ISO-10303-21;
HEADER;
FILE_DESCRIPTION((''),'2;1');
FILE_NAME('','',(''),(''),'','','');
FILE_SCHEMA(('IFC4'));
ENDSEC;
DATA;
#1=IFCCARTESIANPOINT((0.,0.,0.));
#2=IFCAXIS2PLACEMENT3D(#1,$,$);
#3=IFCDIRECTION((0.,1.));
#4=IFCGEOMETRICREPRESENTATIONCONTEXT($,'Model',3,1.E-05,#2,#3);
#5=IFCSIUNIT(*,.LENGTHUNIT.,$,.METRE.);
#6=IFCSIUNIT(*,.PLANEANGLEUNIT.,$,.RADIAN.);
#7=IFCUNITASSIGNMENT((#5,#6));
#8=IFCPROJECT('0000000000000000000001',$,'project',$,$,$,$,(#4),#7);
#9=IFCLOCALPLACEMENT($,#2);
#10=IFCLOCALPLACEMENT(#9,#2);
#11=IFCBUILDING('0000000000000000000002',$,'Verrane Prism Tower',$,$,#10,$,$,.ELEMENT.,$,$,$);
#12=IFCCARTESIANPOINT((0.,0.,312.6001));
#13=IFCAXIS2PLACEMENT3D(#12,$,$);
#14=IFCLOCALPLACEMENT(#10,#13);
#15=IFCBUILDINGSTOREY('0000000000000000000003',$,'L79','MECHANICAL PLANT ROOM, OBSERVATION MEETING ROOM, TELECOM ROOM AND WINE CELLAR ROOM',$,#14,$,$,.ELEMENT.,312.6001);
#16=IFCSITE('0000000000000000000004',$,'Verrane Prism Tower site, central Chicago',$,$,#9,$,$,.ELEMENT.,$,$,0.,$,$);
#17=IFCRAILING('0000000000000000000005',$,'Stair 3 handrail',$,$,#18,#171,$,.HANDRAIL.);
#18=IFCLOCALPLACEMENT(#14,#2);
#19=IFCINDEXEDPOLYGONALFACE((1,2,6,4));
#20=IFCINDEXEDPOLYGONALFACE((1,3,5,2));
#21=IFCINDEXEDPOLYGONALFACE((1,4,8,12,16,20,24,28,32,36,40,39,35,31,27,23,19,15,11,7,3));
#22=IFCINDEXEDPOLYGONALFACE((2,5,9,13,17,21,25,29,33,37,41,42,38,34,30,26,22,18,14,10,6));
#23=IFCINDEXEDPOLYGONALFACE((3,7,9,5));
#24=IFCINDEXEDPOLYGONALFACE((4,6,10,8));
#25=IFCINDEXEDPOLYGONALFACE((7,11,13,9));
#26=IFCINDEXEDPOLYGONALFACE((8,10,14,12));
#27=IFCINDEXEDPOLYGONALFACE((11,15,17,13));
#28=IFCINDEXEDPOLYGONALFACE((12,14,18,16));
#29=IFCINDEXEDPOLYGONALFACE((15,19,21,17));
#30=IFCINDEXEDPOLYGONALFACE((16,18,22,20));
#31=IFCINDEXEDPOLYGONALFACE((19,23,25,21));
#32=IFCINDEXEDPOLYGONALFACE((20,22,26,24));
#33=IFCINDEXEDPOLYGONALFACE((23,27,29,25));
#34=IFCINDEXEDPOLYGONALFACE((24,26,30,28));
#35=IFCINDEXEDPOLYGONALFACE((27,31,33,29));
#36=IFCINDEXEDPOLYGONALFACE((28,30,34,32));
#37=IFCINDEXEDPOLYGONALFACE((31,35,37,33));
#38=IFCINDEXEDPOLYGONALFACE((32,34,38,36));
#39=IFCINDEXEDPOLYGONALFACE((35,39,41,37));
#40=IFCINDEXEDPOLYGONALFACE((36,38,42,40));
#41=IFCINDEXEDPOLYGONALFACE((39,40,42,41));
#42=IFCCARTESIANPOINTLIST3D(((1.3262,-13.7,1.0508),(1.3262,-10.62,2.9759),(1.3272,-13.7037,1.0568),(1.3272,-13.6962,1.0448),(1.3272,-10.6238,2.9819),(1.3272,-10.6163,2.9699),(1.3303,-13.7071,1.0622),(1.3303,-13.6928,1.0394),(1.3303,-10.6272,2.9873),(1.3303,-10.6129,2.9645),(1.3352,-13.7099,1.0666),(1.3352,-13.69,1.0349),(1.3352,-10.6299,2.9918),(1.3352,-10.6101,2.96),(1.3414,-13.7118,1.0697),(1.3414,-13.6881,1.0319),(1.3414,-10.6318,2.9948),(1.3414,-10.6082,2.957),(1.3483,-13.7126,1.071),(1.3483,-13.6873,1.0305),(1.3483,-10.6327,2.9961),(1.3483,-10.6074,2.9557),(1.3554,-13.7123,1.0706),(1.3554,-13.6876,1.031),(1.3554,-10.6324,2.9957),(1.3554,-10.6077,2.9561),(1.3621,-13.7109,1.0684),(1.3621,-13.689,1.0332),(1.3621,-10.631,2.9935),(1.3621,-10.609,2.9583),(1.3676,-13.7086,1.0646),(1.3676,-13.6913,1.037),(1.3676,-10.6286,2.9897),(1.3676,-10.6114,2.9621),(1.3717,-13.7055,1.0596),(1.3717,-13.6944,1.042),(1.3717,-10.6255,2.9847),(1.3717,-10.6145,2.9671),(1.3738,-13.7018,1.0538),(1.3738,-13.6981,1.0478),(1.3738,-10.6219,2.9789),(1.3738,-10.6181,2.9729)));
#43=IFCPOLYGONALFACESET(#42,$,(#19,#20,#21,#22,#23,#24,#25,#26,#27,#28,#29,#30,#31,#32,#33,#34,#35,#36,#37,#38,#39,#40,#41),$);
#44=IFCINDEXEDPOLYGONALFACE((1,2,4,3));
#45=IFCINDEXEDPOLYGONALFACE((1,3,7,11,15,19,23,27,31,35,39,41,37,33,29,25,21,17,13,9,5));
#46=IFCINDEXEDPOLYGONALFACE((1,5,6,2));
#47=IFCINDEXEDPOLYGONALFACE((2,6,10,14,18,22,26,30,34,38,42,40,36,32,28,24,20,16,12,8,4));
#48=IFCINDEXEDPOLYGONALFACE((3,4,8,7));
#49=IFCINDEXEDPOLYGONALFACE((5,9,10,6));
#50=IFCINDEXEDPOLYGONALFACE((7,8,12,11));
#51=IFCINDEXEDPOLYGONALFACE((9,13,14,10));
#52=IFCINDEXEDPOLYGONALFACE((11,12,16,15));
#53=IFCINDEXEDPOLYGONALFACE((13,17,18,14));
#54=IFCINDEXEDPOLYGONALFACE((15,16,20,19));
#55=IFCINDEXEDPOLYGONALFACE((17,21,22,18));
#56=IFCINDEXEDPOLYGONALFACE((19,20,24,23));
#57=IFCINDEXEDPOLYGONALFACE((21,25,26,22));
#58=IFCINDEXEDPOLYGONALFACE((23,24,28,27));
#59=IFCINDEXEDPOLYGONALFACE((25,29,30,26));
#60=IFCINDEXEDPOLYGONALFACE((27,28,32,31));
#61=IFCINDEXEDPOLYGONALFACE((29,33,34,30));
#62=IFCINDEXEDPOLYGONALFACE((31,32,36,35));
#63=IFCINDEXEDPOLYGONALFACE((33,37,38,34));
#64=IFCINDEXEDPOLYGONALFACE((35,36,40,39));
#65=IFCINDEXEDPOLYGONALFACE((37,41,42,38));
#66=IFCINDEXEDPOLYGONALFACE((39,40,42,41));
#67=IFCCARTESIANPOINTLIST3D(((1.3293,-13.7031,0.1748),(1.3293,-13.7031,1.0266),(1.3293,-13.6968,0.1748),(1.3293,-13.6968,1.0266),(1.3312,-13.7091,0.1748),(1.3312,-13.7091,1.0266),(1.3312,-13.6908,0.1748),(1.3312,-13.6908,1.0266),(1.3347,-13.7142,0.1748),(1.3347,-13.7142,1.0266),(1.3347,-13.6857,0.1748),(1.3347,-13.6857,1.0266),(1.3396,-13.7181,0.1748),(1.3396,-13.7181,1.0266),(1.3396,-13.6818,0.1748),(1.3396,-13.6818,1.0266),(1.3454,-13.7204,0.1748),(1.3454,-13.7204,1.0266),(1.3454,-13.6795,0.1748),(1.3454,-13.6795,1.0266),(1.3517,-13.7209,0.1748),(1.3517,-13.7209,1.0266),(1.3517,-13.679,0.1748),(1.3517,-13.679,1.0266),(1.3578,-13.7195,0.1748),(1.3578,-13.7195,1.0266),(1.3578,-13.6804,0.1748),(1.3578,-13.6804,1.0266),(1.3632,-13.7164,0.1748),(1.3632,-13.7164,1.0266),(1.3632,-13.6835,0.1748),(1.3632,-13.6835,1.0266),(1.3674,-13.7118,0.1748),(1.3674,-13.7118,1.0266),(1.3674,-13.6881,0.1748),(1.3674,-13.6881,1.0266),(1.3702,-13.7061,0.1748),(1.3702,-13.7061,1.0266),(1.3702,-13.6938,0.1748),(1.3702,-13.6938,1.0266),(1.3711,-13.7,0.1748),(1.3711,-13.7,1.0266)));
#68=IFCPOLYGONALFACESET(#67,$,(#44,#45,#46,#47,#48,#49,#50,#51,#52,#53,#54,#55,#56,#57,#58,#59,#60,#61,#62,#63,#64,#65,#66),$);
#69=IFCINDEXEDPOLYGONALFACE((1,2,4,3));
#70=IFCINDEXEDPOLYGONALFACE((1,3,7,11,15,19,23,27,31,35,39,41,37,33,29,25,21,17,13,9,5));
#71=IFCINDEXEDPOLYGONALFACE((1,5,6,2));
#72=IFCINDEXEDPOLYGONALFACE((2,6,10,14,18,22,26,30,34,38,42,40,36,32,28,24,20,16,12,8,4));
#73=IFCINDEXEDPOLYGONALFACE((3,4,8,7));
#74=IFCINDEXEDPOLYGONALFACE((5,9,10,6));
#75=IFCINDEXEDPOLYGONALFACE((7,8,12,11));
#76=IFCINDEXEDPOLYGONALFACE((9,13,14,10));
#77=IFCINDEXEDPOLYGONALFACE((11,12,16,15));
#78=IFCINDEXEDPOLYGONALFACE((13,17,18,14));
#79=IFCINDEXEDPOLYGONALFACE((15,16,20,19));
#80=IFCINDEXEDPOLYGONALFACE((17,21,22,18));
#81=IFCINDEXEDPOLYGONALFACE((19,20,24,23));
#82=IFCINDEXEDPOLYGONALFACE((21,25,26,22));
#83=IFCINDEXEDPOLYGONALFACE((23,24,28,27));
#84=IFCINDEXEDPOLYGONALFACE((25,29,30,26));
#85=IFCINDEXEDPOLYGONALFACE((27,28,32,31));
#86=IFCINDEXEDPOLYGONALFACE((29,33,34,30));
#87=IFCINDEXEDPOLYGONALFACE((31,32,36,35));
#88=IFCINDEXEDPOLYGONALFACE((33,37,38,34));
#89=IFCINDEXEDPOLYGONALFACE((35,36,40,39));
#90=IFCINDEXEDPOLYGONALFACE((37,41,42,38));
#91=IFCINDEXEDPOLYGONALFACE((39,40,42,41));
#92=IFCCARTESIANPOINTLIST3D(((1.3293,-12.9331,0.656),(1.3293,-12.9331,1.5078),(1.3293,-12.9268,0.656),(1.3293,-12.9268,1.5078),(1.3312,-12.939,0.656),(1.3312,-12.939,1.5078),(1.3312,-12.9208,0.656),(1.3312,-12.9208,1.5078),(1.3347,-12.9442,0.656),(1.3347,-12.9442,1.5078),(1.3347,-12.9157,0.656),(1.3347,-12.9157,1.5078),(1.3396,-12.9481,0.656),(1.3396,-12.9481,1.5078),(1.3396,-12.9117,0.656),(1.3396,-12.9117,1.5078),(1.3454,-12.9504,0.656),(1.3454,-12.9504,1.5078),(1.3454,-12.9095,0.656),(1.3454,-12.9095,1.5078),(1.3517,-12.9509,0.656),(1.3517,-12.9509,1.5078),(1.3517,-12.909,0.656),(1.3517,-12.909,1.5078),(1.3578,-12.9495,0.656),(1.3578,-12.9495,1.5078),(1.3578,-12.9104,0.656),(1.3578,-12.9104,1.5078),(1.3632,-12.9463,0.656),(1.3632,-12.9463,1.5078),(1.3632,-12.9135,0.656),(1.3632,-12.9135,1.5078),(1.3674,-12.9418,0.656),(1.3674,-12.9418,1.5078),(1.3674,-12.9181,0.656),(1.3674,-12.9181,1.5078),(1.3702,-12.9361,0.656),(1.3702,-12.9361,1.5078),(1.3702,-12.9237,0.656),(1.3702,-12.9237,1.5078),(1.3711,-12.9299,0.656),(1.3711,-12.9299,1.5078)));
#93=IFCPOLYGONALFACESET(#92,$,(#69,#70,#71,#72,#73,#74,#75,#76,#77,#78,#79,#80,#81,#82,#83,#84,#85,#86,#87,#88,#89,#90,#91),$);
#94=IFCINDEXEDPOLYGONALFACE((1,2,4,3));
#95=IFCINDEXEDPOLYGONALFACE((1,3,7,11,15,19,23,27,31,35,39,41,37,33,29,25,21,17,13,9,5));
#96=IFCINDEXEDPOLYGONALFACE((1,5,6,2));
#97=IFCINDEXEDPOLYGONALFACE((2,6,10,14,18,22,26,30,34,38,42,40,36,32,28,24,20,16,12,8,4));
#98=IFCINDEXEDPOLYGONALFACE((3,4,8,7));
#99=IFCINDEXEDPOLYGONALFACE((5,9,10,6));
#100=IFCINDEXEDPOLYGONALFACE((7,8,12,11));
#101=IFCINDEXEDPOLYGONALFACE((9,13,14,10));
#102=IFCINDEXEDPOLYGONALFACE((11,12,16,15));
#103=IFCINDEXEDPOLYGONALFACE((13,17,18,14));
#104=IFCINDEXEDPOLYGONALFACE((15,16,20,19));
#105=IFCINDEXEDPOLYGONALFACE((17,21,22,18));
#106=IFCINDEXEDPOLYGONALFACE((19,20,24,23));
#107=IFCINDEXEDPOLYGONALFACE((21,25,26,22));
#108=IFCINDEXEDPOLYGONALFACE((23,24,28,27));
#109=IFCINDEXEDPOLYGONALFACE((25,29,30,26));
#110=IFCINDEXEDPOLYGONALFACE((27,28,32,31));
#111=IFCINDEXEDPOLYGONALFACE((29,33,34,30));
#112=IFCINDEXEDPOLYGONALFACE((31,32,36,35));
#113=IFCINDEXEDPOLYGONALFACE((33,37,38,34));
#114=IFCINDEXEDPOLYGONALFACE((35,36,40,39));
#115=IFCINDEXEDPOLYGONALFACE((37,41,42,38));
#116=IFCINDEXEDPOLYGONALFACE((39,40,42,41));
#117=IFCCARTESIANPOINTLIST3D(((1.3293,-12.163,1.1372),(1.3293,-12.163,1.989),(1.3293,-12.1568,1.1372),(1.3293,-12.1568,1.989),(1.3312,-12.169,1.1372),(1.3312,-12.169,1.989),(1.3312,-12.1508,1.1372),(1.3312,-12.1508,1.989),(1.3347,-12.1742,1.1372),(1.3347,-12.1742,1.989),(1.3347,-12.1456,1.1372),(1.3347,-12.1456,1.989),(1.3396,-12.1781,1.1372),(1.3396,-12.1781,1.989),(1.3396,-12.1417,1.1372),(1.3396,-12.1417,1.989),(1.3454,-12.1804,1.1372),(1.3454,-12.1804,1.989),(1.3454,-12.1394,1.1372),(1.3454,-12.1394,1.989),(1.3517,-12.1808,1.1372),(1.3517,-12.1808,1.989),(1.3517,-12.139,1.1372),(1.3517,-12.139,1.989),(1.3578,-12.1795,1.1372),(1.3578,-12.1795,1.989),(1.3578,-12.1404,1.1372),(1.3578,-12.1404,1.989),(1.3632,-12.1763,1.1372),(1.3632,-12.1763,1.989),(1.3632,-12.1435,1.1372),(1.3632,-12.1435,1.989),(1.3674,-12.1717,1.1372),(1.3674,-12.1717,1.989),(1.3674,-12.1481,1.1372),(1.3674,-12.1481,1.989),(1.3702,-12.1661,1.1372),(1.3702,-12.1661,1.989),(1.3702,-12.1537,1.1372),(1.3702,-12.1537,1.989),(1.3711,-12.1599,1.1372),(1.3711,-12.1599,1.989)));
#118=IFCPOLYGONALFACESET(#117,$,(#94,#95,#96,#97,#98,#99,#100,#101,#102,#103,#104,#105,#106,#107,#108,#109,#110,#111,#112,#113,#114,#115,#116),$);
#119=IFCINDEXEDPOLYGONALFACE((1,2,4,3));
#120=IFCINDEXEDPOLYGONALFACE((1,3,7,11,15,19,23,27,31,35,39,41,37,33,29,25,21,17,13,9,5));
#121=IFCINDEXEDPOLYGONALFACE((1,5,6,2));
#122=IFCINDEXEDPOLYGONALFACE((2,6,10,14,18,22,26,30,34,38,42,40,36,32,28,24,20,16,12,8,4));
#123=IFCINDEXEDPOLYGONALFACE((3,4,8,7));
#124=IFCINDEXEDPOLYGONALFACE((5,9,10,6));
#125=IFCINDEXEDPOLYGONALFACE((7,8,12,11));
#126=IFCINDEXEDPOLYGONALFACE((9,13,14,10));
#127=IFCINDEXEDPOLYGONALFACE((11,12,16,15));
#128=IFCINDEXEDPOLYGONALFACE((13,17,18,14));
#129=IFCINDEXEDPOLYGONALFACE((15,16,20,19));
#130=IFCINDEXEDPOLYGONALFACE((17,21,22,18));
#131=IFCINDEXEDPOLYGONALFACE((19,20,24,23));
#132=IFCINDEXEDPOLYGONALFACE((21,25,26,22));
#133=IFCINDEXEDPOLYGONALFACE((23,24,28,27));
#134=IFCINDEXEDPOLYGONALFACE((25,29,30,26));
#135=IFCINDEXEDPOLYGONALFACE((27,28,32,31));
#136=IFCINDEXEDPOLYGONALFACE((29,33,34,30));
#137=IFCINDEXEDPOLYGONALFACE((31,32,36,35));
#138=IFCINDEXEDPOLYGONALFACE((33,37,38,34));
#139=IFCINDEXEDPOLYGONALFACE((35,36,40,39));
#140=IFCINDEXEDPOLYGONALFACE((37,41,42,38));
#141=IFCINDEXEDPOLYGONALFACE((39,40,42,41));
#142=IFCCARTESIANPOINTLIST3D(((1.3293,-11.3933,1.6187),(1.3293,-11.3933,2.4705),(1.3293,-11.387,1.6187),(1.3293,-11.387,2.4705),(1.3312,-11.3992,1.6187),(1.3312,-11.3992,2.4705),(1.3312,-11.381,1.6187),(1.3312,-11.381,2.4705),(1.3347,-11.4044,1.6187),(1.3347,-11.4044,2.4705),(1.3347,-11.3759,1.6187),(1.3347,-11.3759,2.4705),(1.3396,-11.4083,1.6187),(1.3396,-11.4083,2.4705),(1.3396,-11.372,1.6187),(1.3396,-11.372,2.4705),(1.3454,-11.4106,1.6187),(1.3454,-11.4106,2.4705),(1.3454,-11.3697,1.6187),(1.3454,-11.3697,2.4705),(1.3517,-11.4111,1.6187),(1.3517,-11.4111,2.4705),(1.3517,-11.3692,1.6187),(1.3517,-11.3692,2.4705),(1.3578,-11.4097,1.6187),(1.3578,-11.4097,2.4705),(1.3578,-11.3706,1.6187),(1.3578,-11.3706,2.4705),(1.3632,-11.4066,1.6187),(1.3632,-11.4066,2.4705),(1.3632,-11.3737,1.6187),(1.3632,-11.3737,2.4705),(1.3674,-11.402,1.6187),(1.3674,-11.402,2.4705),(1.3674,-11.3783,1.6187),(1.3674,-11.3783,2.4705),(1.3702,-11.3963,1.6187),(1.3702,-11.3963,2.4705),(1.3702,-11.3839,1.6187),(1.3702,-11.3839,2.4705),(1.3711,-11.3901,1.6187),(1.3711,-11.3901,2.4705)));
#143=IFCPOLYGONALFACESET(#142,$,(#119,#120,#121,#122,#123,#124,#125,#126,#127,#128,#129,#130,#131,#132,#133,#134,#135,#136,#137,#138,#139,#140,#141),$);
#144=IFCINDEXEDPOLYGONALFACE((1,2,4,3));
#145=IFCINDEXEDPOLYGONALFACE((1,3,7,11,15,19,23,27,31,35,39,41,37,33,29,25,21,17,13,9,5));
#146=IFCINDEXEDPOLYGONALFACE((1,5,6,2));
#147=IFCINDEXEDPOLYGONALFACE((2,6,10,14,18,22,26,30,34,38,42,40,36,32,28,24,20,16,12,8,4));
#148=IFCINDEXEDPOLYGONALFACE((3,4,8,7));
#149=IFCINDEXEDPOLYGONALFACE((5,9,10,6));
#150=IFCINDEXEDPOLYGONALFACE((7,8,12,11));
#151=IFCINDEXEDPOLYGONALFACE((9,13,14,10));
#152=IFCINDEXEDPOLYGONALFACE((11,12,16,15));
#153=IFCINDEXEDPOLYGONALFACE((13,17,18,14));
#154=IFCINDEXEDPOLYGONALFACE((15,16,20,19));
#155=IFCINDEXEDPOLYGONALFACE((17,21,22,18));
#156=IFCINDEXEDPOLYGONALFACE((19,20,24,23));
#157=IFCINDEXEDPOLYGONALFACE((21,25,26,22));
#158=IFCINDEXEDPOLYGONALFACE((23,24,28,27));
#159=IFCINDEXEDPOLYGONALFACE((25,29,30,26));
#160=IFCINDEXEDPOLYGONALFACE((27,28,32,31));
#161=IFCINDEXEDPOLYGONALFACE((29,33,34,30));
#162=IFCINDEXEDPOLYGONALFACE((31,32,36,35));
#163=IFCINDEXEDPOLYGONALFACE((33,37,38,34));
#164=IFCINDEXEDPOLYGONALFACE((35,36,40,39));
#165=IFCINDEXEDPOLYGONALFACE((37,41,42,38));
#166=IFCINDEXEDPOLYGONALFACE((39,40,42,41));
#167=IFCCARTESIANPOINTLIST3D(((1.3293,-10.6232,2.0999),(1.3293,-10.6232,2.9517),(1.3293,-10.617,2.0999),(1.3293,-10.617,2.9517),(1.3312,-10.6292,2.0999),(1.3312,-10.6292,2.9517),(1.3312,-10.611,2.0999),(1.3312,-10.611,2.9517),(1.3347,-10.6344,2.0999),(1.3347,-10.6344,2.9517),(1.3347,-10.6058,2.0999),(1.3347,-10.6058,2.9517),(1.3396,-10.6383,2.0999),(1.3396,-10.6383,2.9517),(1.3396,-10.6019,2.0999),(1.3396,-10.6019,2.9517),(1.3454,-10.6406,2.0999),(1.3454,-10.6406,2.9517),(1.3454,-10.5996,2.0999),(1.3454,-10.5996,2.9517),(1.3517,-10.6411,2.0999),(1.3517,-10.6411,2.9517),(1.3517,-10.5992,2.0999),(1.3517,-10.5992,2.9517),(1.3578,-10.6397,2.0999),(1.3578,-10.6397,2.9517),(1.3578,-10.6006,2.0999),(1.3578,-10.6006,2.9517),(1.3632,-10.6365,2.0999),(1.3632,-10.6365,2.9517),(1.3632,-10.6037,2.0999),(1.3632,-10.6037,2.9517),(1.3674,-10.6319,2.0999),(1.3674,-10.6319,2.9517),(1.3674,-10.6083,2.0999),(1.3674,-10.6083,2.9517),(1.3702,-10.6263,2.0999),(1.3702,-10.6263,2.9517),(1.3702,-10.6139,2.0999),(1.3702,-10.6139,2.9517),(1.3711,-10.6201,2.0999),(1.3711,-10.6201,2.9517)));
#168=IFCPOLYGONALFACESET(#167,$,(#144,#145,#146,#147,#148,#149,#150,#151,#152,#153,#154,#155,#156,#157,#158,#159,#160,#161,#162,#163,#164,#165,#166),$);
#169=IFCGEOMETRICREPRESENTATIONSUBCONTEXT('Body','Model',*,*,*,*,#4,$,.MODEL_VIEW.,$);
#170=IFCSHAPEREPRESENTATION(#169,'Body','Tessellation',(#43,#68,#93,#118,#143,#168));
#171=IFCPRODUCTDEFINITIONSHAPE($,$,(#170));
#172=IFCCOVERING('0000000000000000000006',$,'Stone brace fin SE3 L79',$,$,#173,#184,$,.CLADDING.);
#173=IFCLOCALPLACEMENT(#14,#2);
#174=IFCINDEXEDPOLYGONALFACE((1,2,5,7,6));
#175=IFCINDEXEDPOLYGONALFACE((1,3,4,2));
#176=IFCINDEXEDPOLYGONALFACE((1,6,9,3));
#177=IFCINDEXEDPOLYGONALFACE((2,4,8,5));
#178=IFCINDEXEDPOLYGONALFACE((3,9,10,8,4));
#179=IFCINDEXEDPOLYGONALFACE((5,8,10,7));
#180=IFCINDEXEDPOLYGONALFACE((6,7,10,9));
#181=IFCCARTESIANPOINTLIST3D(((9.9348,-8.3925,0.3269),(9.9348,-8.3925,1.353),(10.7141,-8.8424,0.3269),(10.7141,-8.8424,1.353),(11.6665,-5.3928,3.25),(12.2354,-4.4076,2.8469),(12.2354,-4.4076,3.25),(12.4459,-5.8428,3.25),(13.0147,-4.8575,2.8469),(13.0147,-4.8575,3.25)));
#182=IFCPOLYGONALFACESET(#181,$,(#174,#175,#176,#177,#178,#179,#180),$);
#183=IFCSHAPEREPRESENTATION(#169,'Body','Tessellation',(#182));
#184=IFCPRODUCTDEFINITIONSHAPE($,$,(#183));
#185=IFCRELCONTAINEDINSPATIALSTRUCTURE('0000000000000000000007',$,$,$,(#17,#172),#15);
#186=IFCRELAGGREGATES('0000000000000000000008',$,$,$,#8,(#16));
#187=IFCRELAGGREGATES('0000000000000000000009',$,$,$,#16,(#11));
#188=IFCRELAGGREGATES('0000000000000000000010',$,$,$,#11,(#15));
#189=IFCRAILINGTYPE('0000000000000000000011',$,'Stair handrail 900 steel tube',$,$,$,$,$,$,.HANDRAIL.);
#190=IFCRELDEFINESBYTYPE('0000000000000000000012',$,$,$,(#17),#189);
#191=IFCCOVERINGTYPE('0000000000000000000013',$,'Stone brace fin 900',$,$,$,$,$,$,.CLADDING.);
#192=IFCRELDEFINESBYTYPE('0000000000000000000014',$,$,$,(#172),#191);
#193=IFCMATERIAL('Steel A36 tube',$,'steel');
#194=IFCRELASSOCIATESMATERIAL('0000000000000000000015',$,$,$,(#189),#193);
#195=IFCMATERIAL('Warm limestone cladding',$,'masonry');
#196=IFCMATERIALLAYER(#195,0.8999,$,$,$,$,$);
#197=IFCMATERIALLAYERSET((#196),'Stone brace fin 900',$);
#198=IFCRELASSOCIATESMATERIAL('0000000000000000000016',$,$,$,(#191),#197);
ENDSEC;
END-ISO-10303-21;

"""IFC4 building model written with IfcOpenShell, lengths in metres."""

from ifc_helpers import new_model, si_unit, direction, frame, origin, origin_2d, place, context, subcontext, project, spatial, polyline, circle, outline, extrude, material, layer, layer_set, type_object, element, save


model = new_model("IFC4")

# Units and contexts
model_context = context("Model", 3, precision=1e-05, world=origin(), true_north=direction((0.0, 1.0)))
body_context = subcontext(model_context, "Body", "Model", "MODEL_VIEW")
ifc_project = project(units=[si_unit("LENGTHUNIT", "METRE"), si_unit("PLANEANGLEUNIT", "RADIAN")], contexts=[model_context])

# Site, building, storey
site_placement = place(None, origin())
site = spatial("IfcSite", under=ifc_project, at=site_placement, Name="Verrane Prism Tower site, central Chicago", CompositionType="ELEMENT", RefElevation=0.0)
building_placement = place(site_placement, origin())
building = spatial("IfcBuilding", under=site, at=building_placement, Name="Verrane Prism Tower", CompositionType="ELEMENT")
storey_placement = place(building_placement, frame((0.0, 0.0, 312.6001)))
storey = spatial("IfcBuildingStorey", under=building, at=storey_placement, Name="L79", Description="MECHANICAL PLANT ROOM, OBSERVATION MEETING ROOM, TELECOM ROOM AND WINE CELLAR ROOM", CompositionType="ELEMENT", Elevation=312.6001)

# Railing
ifc_material_1 = material(Name="Steel A36 tube", Category="steel")
railing_type = type_object("IfcRailingType", Name="Stair handrail 900 steel tube", PredefinedType="HANDRAIL", material=ifc_material_1)
railing_placement = place(storey_placement, frame((1.3501, -13.7, 0.1748)))
element("IfcRailing", 1, at=railing_placement, inside=storey, type_object=railing_type, Name="Stair 3 handrail", PredefinedType="HANDRAIL", context=body_context, shape_type="SweptSolid", body=[
    extrude(circle(Radius=0.0239, at=origin_2d()), frame((0.0, 0.0, 0.876), z_axis=(0.0, 0.847979, 0.530029), x_axis=(-1.0, 0.0, 0.0)), (0.0, 0.0, 1.0), 3.6321),
    extrude(circle(Radius=0.021, at=origin_2d()), origin(), (0.0, 0.0, 1.0), 0.8518),
    extrude(circle(Radius=0.021, at=origin_2d()), frame((0.0, 0.77, 0.4812)), (0.0, 0.0, 1.0), 0.8518),
    extrude(circle(Radius=0.021, at=origin_2d()), frame((0.0, 1.54, 0.9624)), (0.0, 0.0, 1.0), 0.8518),
    extrude(circle(Radius=0.021, at=origin_2d()), frame((0.0, 2.3098, 1.4438)), (0.0, 0.0, 1.0), 0.8518),
    extrude(circle(Radius=0.021, at=origin_2d()), frame((0.0, 3.0798, 1.925)), (0.0, 0.0, 1.0), 0.8518),
])

# Covering
ifc_material_2 = material(Name="Warm limestone cladding", Category="masonry")
ifc_layer_1 = layer(ifc_material_2, 0.8999)
ifc_layer_set_1 = layer_set([ifc_layer_1], Name="Stone brace fin 900")
covering_type = type_object("IfcCoveringType", Name="Stone brace fin 900", PredefinedType="CLADDING", material=ifc_layer_set_1)
covering_placement = place(storey_placement, frame((10.3245, -8.6174, 0.3269), z_axis=(0.0, 0.0, 1.0), x_axis=(0.49998, 0.866037, 0.0)))
element("IfcCovering", 2, at=covering_placement, inside=storey, type_object=covering_type, Name="Stone brace fin SE3 L79", PredefinedType="CLADDING", context=body_context, shape_type="SweptSolid", body=[
    extrude(outline(polyline([(4.6013, 2.9231), (3.4636, 2.9231), (0.0, 1.0261), (0.0, 0.0), (4.6013, 2.52), (4.6013, 2.9231)])), frame((0.0, 0.45, 0.0), z_axis=(0.0, -1.0, 0.0), x_axis=(1.0, 0.0, 0.0)), (0.0, 0.0, 1.0), 0.8999),
])

save(model, "model.ifc")
